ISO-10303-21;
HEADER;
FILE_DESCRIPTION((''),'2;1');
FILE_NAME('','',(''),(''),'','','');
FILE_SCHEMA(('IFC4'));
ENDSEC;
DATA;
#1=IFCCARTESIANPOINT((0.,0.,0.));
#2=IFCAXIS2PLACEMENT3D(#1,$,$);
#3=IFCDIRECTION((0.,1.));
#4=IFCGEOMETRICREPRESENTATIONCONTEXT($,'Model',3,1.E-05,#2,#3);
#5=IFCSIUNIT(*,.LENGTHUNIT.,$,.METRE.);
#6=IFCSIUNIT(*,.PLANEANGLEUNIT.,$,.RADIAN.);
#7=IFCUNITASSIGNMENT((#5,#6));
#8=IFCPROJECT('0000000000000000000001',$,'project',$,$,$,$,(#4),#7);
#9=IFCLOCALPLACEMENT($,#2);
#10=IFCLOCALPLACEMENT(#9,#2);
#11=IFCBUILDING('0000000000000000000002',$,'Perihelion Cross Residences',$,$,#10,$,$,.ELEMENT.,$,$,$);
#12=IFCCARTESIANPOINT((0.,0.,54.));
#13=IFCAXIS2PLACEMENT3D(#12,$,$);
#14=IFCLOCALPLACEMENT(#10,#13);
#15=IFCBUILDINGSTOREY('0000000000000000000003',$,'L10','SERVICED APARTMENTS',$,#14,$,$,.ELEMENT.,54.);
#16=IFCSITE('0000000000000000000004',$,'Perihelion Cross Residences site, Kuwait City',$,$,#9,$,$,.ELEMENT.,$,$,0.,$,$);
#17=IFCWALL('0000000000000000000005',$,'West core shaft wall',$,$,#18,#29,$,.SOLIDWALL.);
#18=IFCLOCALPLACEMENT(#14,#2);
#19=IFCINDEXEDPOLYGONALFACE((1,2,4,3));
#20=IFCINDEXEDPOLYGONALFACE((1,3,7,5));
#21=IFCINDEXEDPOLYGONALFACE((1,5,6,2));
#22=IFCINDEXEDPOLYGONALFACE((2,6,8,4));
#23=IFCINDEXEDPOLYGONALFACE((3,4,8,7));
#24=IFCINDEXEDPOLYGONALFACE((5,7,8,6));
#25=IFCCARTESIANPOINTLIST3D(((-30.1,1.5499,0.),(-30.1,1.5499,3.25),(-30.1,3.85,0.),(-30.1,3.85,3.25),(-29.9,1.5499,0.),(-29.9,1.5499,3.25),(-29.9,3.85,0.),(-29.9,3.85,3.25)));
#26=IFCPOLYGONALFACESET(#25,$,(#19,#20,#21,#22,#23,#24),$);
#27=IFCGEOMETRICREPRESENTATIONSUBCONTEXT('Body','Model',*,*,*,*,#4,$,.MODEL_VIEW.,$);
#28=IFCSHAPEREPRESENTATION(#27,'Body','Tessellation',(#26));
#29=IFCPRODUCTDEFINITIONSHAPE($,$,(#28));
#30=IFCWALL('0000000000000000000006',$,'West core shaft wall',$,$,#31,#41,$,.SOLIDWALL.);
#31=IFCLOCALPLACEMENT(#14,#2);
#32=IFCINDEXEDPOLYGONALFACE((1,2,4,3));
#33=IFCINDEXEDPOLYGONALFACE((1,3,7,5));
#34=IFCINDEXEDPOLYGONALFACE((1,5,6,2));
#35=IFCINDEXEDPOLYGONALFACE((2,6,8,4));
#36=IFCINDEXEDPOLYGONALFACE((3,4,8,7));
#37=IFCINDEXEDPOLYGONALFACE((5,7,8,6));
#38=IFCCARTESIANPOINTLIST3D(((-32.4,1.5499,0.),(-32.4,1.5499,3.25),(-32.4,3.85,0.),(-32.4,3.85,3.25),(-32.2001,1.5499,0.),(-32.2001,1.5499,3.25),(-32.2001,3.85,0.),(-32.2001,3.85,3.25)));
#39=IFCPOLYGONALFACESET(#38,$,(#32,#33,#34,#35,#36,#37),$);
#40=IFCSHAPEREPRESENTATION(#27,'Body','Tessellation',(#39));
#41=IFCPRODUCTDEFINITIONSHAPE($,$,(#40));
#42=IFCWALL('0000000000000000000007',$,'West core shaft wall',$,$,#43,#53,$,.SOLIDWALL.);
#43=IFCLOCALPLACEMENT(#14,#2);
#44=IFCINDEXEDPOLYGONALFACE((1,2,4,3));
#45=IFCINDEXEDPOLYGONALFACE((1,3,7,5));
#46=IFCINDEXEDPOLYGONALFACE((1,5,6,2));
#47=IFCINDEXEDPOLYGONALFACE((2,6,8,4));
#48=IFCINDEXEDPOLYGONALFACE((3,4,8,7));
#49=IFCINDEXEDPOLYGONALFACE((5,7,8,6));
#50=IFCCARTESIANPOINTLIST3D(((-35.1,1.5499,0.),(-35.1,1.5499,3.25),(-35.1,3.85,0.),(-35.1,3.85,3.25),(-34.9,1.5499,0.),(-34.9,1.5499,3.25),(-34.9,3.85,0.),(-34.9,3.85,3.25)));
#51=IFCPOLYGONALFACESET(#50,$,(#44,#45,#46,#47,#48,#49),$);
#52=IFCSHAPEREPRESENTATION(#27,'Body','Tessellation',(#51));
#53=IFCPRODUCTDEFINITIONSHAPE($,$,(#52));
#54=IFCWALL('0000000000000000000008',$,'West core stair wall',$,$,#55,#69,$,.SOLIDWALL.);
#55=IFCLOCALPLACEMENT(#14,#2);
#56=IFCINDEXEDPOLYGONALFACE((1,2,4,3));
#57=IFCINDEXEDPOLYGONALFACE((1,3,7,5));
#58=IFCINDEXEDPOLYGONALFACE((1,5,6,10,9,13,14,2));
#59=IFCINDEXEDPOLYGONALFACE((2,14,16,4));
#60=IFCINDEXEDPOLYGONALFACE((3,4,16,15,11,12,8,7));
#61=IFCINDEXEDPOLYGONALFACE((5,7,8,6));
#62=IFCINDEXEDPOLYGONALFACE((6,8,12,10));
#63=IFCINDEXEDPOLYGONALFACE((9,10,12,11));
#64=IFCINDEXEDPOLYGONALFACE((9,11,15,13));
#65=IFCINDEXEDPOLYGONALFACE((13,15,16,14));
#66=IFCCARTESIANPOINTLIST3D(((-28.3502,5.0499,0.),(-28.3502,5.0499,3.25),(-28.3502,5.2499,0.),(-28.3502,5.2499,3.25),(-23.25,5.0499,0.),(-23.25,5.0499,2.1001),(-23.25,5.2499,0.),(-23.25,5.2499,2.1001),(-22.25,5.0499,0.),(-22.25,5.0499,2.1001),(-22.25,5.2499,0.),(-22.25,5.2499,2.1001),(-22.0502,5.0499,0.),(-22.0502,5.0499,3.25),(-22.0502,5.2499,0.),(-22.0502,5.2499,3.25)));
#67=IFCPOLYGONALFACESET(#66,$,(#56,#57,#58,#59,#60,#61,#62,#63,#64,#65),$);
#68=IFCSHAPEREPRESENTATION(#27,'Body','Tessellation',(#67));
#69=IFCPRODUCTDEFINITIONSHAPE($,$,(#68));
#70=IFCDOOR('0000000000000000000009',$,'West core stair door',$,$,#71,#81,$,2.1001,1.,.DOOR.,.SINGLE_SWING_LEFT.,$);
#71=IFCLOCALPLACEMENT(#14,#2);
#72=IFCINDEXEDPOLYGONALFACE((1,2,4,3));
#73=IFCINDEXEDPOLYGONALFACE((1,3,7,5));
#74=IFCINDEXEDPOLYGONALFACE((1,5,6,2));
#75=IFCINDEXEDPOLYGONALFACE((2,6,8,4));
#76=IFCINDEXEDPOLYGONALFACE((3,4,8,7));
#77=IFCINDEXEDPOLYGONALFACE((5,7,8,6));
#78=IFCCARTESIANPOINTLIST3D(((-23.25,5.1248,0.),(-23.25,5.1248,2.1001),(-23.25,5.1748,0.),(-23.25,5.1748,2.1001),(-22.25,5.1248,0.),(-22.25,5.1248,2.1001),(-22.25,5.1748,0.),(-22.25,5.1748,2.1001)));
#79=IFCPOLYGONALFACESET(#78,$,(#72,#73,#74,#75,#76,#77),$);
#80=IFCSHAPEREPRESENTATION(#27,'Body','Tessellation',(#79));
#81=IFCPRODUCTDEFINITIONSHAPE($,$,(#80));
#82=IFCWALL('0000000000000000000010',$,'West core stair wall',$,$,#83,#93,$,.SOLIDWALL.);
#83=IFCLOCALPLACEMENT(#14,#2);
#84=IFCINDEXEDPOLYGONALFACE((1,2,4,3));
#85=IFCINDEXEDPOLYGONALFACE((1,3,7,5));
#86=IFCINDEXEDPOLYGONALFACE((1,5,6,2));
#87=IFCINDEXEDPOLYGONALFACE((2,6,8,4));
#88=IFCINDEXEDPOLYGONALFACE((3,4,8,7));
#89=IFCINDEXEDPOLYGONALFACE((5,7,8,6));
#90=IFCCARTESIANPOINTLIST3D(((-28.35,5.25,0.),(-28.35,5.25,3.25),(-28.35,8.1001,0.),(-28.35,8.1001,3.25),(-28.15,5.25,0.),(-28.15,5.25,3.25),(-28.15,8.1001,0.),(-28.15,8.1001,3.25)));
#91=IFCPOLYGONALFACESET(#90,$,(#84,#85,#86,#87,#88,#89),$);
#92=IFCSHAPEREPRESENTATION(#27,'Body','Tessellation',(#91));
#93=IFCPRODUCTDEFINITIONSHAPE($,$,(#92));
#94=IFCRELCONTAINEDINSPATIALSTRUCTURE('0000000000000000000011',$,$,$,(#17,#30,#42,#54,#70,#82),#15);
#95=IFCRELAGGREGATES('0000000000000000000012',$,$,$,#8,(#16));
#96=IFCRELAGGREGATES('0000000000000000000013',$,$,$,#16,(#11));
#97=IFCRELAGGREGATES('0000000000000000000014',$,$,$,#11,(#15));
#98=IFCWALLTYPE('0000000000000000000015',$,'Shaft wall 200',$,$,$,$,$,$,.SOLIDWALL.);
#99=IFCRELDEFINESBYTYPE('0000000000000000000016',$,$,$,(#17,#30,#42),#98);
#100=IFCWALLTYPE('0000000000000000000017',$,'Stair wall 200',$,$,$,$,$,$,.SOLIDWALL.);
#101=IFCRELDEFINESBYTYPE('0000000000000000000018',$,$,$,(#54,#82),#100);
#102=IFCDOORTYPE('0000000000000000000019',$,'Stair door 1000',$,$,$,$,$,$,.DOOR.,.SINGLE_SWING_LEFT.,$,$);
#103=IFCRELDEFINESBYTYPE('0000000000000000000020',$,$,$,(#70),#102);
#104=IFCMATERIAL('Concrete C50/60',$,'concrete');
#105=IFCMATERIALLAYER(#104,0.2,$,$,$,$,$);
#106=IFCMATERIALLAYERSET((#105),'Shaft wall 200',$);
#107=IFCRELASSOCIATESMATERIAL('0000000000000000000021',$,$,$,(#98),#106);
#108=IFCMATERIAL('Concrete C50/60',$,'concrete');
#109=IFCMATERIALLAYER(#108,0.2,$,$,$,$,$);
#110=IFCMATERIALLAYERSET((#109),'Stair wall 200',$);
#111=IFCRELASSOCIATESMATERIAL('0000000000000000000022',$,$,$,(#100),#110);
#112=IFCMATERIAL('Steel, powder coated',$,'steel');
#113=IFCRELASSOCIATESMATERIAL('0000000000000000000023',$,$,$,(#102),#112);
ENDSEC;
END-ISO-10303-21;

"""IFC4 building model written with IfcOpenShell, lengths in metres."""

from ifc_helpers import new_model, si_unit, direction, frame, frame_2d, origin, place, context, subcontext, project, spatial, rectangle, extrude, material, layer, layer_set, type_object, element, fill, save


model = new_model("IFC4")

# Units and contexts
model_context = context("Model", 3, precision=1e-05, world=origin(), true_north=direction((0.0, 1.0)))
body_context = subcontext(model_context, "Body", "Model", "MODEL_VIEW")
ifc_project = project(units=[si_unit("LENGTHUNIT", "METRE"), si_unit("PLANEANGLEUNIT", "RADIAN")], contexts=[model_context])

# Site, building, storey
site_placement = place(None, origin())
site = spatial("IfcSite", under=ifc_project, at=site_placement, Name="Perihelion Cross Residences site, Kuwait City", CompositionType="ELEMENT", RefElevation=0.0)
building_placement = place(site_placement, origin())
building = spatial("IfcBuilding", under=site, at=building_placement, Name="Perihelion Cross Residences", CompositionType="ELEMENT")
storey_placement = place(building_placement, frame((0.0, 0.0, 54.0)))
storey = spatial("IfcBuildingStorey", under=building, at=storey_placement, Name="L10", Description="SERVICED APARTMENTS", CompositionType="ELEMENT", Elevation=54.0)

# Shared definitions
ifc_material_1 = material(Name="Concrete C50/60", Category="concrete")
ifc_layer_1 = layer(ifc_material_1, 0.2)
ifc_layer_set_1 = layer_set([ifc_layer_1], Name="Shaft wall 200")
wall_type_1 = type_object("IfcWallType", Name="Shaft wall 200", PredefinedType="SOLIDWALL", material=ifc_layer_set_1)

# Walls
for number, where, z_axis, x_axis, name in (
    (1, (-30.0, 1.55, 0.0), (0.0, 0.0, 1.0), (0.0, 1.0, 0.0), "West core shaft wall"),
    (2, (-32.3, 1.55, 0.0), (0.0, 0.0, 1.0), (0.0, 1.0, 0.0), "West core shaft wall"),
    (3, (-35.0, 1.55, 0.0), (0.0, 0.0, 1.0), (0.0, 1.0, 0.0), "West core shaft wall"),
):
    element("IfcWall", number, at=place(storey_placement, frame(where, z_axis=z_axis, x_axis=x_axis)), inside=storey, type_object=wall_type_1, Name=name, PredefinedType="SOLIDWALL", context=body_context, shape_type="SweptSolid", body=[
        extrude(rectangle(XDim=2.3, YDim=0.2, at=frame_2d((1.1499, 0.0))), origin(), (0.0, 0.0, 1.0), 3.25),
    ])

# Wall, opening, door
ifc_material_2 = material(Name="Concrete C50/60", Category="concrete")
ifc_layer_2 = layer(ifc_material_2, 0.2)
ifc_layer_set_2 = layer_set([ifc_layer_2], Name="Stair wall 200")
wall_type_2 = type_object("IfcWallType", Name="Stair wall 200", PredefinedType="SOLIDWALL", material=ifc_layer_set_2)
wall_1_placement = place(storey_placement, frame((-28.3501, 5.1499, 0.0), z_axis=(0.0, 0.0, 1.0), x_axis=(1.0, 0.0, 0.0)))
wall_1 = element("IfcWall", 4, at=wall_1_placement, inside=storey, type_object=wall_type_2, Name="West core stair wall", PredefinedType="SOLIDWALL", context=body_context, shape_type="SweptSolid", body=[
    extrude(rectangle(XDim=6.3, YDim=0.2, at=frame_2d((3.1499, 0.0))), origin(), (0.0, 0.0, 1.0), 3.25),
])
opening_1_placement = place(wall_1_placement, frame((5.1001, 0.0, 0.0)))
opening_1 = element("IfcOpeningElement", 5, at=opening_1_placement, cuts=wall_1, PredefinedType="OPENING", context=body_context, shape_type="SweptSolid", body=[
    extrude(rectangle(XDim=1.0, YDim=2.1001, at=frame_2d((0.5, 1.05))), frame((0.0, 0.1099, 0.0), z_axis=(0.0, -1.0, 0.0), x_axis=(1.0, 0.0, 0.0)), (0.0, 0.0, 1.0), 0.22),
])
ifc_material_3 = material(Name="Steel, powder coated", Category="steel")
door_type_1 = type_object("IfcDoorType", Name="Stair door 1000", OperationType="SINGLE_SWING_LEFT", PredefinedType="DOOR", material=ifc_material_3)
door_1_placement = place(opening_1_placement, origin())
door_1 = element("IfcDoor", 6, at=door_1_placement, inside=storey, type_object=door_type_1, Name="West core stair door", OperationType="SINGLE_SWING_LEFT", OverallHeight=2.1001, OverallWidth=1.0, PredefinedType="DOOR", context=body_context, shape_type="SweptSolid", body=[
    extrude(rectangle(XDim=1.0, YDim=2.1001, at=frame_2d((0.5, 1.05))), frame((0.0, 0.0249, 0.0), z_axis=(0.0, -1.0, 0.0), x_axis=(1.0, 0.0, 0.0)), (0.0, 0.0, 1.0), 0.05),
])
fill(opening_1, door_1)

# Wall
wall_2_placement = place(storey_placement, frame((-28.25, 5.25, 0.0), z_axis=(0.0, 0.0, 1.0), x_axis=(0.0, 1.0, 0.0)))
element("IfcWall", 7, at=wall_2_placement, inside=storey, type_object=wall_type_2, Name="West core stair wall", PredefinedType="SOLIDWALL", context=body_context, shape_type="SweptSolid", body=[
    extrude(rectangle(XDim=2.8501, YDim=0.2, at=frame_2d((1.425, 0.0))), origin(), (0.0, 0.0, 1.0), 3.25),
])

save(model, "model.ifc")
